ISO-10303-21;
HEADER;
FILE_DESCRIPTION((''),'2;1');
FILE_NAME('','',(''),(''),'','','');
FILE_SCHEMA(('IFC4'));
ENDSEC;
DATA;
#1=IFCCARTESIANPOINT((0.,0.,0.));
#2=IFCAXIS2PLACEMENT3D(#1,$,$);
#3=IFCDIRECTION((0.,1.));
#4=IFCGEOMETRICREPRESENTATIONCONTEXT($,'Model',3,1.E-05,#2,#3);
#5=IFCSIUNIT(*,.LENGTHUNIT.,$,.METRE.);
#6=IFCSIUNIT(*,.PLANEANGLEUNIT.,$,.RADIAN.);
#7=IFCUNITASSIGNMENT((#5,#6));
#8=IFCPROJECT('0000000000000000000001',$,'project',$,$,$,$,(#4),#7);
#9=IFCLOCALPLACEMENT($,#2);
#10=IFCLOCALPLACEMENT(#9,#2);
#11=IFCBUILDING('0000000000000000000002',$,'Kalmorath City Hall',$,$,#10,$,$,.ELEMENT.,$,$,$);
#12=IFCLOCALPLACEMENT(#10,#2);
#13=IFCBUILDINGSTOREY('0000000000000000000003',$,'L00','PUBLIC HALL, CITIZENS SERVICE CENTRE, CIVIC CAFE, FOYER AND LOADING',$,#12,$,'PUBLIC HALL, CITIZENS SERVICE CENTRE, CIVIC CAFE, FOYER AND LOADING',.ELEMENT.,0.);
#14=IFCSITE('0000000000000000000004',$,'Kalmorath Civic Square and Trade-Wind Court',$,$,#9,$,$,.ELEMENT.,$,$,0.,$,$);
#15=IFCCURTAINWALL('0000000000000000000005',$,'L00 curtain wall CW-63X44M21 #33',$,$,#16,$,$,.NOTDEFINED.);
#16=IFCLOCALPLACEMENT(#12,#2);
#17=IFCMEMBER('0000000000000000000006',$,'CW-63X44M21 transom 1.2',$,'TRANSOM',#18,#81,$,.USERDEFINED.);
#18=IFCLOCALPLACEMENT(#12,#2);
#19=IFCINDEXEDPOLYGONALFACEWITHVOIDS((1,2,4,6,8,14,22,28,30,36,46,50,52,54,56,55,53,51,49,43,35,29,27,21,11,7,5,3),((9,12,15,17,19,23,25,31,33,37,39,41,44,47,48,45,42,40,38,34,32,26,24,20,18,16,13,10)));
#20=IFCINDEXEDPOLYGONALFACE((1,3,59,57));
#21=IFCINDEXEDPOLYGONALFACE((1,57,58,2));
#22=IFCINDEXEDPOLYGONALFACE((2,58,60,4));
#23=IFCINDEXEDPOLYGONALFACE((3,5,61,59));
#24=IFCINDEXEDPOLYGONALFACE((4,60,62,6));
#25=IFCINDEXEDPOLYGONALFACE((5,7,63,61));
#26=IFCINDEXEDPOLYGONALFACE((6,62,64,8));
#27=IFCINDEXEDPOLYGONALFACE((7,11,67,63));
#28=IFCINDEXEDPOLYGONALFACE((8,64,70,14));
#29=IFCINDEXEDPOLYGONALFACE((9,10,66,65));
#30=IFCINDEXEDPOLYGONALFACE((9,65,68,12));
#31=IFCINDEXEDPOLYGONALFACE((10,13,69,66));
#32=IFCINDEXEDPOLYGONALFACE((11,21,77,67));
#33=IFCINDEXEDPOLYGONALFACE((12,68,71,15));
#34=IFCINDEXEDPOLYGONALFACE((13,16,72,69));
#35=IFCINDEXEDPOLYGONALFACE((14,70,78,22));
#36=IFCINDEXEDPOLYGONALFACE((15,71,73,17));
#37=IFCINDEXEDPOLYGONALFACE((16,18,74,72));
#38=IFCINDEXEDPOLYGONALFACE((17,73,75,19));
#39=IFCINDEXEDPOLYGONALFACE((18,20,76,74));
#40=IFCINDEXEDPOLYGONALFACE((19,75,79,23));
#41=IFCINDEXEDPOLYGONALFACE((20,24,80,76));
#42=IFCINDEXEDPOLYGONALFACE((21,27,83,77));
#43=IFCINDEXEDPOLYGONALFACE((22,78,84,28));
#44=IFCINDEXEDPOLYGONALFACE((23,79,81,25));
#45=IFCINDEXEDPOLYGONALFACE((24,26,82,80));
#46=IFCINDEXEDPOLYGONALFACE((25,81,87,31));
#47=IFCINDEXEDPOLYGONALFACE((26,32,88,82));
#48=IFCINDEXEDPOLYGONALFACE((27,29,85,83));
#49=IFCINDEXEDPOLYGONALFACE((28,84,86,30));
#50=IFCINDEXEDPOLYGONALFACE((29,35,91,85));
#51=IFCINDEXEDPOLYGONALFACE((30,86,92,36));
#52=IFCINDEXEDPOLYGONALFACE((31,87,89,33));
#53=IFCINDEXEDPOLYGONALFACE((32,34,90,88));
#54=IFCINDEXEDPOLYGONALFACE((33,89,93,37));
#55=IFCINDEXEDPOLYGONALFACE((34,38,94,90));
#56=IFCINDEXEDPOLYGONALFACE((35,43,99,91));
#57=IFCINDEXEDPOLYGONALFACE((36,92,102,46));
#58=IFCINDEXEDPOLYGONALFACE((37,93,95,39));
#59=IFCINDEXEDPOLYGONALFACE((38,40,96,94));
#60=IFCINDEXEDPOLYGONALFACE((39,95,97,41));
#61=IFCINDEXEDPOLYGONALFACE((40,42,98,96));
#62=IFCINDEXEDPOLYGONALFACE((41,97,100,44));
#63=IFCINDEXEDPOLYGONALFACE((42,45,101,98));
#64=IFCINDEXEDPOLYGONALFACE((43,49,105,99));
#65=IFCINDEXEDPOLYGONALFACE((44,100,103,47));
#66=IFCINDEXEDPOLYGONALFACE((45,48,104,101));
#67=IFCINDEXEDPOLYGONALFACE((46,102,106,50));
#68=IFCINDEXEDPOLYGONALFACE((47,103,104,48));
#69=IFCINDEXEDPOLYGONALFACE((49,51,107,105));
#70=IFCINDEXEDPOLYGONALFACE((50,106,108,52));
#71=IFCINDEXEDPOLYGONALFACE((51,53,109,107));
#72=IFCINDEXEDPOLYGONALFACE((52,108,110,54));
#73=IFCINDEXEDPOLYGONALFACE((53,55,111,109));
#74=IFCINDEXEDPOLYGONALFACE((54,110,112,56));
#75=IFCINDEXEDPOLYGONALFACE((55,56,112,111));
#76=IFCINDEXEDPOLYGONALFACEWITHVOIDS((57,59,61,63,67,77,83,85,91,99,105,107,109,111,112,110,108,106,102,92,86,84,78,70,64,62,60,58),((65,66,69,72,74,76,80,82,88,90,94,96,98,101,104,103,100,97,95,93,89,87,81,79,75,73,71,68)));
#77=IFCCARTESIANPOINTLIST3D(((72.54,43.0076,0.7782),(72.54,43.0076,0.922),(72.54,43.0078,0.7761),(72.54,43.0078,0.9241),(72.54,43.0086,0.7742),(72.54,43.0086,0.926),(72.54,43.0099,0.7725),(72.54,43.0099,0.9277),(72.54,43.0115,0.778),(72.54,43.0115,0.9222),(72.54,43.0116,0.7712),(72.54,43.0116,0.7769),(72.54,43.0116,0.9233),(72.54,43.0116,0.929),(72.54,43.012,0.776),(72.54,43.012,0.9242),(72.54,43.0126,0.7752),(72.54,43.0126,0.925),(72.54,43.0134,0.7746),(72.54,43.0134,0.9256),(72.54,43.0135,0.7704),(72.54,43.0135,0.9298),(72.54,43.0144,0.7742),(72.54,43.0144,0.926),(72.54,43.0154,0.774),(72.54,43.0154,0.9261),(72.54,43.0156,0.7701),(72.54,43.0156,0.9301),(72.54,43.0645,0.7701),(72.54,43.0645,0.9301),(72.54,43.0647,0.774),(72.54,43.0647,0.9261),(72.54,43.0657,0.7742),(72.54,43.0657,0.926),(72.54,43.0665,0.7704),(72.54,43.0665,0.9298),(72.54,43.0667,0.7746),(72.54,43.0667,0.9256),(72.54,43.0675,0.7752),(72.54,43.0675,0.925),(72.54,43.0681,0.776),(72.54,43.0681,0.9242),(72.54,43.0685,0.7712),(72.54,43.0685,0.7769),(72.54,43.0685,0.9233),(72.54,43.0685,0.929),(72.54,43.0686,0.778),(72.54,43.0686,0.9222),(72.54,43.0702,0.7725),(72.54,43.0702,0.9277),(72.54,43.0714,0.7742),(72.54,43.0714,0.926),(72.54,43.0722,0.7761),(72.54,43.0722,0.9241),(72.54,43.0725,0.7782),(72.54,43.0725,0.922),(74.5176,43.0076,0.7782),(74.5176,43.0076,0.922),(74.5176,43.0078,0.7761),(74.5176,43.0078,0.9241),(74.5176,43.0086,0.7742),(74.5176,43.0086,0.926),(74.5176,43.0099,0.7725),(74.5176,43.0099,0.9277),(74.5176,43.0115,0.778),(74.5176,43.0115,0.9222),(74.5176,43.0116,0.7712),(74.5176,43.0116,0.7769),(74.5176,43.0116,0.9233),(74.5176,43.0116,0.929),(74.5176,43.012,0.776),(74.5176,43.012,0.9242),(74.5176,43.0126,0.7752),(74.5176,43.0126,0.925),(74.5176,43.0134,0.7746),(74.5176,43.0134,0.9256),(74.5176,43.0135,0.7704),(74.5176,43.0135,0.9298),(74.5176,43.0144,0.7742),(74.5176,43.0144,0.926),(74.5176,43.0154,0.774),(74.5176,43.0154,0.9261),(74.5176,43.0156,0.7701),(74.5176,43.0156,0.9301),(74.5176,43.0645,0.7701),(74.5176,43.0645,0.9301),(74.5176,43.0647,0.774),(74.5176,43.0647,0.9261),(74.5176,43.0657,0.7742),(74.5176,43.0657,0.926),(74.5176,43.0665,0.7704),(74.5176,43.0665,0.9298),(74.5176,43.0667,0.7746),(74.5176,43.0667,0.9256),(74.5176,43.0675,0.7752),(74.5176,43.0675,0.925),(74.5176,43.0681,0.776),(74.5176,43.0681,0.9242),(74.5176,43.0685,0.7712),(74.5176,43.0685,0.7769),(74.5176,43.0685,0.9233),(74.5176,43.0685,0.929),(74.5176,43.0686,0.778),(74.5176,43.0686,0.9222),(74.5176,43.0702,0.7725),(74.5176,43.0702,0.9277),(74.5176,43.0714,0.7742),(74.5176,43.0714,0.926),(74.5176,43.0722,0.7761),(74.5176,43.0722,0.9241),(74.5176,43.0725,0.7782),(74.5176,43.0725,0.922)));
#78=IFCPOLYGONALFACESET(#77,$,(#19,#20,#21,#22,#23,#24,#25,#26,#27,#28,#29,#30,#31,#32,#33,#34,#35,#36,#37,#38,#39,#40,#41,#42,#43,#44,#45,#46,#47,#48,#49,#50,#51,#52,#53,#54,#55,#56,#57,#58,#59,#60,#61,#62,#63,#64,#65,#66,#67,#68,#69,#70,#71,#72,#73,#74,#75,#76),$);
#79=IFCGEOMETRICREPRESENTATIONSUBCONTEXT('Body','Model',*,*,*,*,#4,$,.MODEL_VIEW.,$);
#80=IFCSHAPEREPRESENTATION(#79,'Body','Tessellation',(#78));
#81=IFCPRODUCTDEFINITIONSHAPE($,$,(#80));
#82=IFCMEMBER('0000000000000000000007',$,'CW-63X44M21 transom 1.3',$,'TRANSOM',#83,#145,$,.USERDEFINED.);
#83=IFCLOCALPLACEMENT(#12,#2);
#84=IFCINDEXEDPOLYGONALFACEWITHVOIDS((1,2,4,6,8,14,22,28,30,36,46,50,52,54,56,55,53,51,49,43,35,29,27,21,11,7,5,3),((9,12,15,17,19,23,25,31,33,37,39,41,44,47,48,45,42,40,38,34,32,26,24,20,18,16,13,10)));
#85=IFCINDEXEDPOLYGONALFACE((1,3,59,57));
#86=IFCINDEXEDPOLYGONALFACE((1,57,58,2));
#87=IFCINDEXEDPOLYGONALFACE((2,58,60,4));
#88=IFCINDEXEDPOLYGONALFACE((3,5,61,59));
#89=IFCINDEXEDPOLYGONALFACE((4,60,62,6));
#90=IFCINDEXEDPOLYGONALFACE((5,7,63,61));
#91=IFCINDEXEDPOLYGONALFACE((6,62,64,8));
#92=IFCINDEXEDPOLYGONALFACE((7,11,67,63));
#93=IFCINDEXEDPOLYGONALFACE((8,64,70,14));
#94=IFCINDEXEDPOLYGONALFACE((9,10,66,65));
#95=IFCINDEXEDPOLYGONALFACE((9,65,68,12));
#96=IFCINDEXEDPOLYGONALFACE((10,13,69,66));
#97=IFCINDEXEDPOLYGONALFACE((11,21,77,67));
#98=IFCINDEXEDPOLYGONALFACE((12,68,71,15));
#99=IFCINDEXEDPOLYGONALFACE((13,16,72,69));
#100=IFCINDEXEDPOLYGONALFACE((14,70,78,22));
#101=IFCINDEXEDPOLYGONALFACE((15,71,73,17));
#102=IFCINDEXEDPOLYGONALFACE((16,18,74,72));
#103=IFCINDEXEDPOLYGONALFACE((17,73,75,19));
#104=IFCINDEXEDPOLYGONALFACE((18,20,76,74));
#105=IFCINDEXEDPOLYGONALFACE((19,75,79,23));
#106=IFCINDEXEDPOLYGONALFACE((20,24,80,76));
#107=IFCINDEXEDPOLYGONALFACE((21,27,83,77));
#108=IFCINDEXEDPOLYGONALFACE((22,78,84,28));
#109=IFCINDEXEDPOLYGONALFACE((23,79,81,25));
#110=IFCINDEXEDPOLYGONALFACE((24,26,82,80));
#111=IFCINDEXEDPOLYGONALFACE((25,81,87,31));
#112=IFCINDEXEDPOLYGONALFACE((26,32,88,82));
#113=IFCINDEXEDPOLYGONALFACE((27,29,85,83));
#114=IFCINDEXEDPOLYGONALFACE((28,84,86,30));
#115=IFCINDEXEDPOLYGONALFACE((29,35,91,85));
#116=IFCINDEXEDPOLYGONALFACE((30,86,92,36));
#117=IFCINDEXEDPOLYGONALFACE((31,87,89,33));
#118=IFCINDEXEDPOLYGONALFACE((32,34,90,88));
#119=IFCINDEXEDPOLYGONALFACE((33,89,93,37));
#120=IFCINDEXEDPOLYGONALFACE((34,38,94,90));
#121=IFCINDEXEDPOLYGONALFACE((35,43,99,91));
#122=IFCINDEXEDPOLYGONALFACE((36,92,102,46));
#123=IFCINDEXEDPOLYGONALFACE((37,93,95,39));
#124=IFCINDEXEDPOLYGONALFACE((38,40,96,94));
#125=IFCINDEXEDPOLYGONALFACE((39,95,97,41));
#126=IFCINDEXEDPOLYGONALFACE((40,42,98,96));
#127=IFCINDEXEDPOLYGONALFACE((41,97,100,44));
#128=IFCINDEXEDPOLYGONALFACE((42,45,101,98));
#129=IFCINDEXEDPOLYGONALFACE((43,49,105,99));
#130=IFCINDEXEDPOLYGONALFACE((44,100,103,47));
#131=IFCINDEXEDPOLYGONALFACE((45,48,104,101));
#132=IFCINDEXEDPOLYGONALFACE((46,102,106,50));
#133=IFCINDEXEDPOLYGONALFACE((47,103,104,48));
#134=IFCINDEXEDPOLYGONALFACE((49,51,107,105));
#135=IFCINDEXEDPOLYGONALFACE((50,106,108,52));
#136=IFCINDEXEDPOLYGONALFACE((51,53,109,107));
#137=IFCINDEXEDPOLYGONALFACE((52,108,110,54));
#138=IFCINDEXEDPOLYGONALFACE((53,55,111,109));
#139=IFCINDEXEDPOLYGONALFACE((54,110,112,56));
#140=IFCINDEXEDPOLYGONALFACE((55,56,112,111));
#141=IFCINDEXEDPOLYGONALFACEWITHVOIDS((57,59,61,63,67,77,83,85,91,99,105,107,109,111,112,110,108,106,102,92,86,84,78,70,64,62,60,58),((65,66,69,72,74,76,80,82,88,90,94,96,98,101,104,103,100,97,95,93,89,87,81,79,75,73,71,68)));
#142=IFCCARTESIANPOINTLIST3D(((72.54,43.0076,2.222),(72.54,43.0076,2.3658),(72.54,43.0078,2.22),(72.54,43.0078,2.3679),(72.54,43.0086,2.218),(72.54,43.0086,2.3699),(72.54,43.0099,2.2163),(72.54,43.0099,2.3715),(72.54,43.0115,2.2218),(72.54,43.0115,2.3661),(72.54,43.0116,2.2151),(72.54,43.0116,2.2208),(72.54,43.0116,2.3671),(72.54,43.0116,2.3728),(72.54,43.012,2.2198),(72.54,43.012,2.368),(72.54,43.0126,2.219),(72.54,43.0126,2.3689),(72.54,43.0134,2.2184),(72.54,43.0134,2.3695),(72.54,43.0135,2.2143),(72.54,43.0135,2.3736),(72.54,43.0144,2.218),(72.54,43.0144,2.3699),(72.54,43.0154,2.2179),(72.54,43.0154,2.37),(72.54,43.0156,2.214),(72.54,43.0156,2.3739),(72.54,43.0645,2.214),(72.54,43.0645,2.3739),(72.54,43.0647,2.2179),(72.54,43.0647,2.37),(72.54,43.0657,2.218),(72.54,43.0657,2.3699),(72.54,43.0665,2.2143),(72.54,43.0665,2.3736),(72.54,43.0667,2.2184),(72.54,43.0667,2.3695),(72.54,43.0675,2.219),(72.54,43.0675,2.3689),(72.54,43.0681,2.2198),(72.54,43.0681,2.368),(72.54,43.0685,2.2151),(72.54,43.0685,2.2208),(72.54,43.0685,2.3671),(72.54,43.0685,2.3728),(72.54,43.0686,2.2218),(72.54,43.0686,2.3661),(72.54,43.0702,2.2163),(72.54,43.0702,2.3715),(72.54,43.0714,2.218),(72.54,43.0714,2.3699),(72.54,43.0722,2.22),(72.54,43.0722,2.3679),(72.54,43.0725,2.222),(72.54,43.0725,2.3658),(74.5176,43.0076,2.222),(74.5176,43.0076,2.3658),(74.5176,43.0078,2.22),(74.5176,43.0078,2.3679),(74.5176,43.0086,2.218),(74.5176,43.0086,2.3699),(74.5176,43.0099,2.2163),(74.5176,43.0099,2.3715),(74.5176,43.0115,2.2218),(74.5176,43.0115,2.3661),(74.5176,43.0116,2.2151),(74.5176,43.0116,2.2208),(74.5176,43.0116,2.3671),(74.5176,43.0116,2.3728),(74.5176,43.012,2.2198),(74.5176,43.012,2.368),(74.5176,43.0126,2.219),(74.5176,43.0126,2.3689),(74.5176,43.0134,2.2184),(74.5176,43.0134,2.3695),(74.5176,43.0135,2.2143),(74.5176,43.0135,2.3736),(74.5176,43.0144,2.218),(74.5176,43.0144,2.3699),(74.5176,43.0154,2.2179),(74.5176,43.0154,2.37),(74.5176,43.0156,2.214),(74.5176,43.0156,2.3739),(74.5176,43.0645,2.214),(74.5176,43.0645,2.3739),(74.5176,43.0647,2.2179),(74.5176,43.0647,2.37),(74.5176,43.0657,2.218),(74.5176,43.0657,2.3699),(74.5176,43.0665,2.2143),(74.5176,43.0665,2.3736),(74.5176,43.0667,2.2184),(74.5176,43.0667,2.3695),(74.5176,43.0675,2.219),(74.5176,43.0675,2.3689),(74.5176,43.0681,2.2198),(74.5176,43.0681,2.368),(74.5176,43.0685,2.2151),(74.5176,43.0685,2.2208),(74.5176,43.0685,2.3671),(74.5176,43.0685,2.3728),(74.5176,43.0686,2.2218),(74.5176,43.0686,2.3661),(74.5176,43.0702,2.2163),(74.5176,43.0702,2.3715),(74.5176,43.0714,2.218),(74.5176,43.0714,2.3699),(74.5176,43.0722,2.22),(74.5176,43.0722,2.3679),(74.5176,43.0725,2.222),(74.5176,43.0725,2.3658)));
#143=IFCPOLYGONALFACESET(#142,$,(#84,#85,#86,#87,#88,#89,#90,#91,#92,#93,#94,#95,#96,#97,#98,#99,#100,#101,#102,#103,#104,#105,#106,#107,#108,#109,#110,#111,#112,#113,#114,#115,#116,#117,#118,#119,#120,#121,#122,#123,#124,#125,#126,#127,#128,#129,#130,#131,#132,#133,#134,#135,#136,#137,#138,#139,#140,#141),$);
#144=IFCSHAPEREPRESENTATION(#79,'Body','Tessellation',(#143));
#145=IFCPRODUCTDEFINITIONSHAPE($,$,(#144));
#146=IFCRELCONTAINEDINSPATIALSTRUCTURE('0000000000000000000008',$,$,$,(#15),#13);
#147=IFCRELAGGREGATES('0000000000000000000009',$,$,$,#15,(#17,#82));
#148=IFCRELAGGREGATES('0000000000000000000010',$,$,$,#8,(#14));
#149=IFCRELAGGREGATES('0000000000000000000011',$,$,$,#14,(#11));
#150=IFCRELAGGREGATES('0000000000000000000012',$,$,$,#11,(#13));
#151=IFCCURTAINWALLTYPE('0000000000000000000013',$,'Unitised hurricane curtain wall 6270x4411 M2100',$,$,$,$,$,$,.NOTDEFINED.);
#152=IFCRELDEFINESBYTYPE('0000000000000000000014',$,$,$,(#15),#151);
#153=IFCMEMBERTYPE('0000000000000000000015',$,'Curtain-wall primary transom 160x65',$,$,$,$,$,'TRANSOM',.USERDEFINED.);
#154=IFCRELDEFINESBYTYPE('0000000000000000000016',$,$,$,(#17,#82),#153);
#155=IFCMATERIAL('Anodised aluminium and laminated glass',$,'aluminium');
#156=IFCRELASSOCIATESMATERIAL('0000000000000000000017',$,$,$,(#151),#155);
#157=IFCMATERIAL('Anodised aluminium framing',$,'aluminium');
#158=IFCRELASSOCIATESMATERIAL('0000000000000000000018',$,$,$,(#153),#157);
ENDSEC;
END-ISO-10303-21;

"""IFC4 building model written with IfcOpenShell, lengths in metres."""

from ifc_helpers import new_model, si_unit, direction, frame, origin, origin_2d, place, context, subcontext, project, spatial, hollow_rectangle, extrude, material, material_profile, profile_set, type_object, element, aggregate, save


model = new_model("IFC4")

# Units and contexts
model_context = context("Model", 3, precision=1e-05, world=origin(), true_north=direction((0.0, 1.0)))
body_context = subcontext(model_context, "Body", "Model", "MODEL_VIEW")
ifc_project = project(units=[si_unit("LENGTHUNIT", "METRE"), si_unit("PLANEANGLEUNIT", "RADIAN")], contexts=[model_context])

# Site, building, storey
site_placement = place(None, origin())
site = spatial("IfcSite", under=ifc_project, at=site_placement, Name="Kalmorath Civic Square and Trade-Wind Court", CompositionType="ELEMENT", RefElevation=0.0)
building_placement = place(site_placement, origin())
building = spatial("IfcBuilding", under=site, at=building_placement, Name="Kalmorath City Hall", CompositionType="ELEMENT")
storey_placement = place(building_placement, origin())
storey = spatial("IfcBuildingStorey", under=building, at=storey_placement, Name="L00", Description="PUBLIC HALL, CITIZENS SERVICE CENTRE, CIVIC CAFE, FOYER AND LOADING", LongName="PUBLIC HALL, CITIZENS SERVICE CENTRE, CIVIC CAFE, FOYER AND LOADING", CompositionType="ELEMENT", Elevation=0.0)

# Curtain wall
ifc_material_1 = material(Name="Anodised aluminium and laminated glass", Category="aluminium")
curtain_wall_type_1 = type_object("IfcCurtainWallType", Name="Unitised hurricane curtain wall 6270x4411 M2100", PredefinedType="NOTDEFINED", material=ifc_material_1)
curtain_wall_1_placement = place(storey_placement, origin())
curtain_wall_1 = element("IfcCurtainWall", 1, at=curtain_wall_1_placement, inside=storey, type_object=curtain_wall_type_1, Name="L00 curtain wall CW-63X44M21 #33", PredefinedType="NOTDEFINED")

# Members
ifc_material_2 = material(Name="Anodised aluminium framing", Category="aluminium")
ifc_material_profile_1 = material_profile(ifc_material_2, hollow_rectangle(XDim=0.0649, YDim=0.1599, WallThickness=0.0039, InnerFilletRadius=0.0039, OuterFilletRadius=0.0081, at=origin_2d()), Name="ALU-TRN-160X65X4")
ifc_profile_set_1 = profile_set([ifc_material_profile_1], Name="Anodised aluminium framing")
member_type_1 = type_object("IfcMemberType", Name="Curtain-wall primary transom 160x65", ElementType="TRANSOM", PredefinedType="USERDEFINED", material=ifc_profile_set_1)
member_1_placement = place(storey_placement, frame((72.54, 43.04, 0.8501), z_axis=(1.0, 0.0, 0.0), x_axis=(0.0, 1.0, 0.0)))
member_1 = element("IfcMember", 2, at=member_1_placement, type_object=member_type_1, Name="CW-63X44M21 transom 1.2", ObjectType="TRANSOM", PredefinedType="USERDEFINED", context=body_context, shape_type="SweptSolid", body=[
    extrude(hollow_rectangle(XDim=0.0649, YDim=0.1599, WallThickness=0.0039, InnerFilletRadius=0.0039, OuterFilletRadius=0.0081, at=origin_2d()), origin(), (0.0, 0.0, 1.0), 1.9775),
])
member_2_placement = place(storey_placement, frame((72.54, 43.04, 2.2939), z_axis=(1.0, 0.0, 0.0), x_axis=(0.0, 1.0, 0.0)))
member_2 = element("IfcMember", 3, at=member_2_placement, type_object=member_type_1, Name="CW-63X44M21 transom 1.3", ObjectType="TRANSOM", PredefinedType="USERDEFINED", context=body_context, shape_type="SweptSolid", body=[
    extrude(hollow_rectangle(XDim=0.0649, YDim=0.1599, WallThickness=0.0039, InnerFilletRadius=0.0039, OuterFilletRadius=0.0081, at=origin_2d()), origin(), (0.0, 0.0, 1.0), 1.9775),
])

aggregate(curtain_wall_1, [member_1, member_2])

save(model, "model.ifc")
